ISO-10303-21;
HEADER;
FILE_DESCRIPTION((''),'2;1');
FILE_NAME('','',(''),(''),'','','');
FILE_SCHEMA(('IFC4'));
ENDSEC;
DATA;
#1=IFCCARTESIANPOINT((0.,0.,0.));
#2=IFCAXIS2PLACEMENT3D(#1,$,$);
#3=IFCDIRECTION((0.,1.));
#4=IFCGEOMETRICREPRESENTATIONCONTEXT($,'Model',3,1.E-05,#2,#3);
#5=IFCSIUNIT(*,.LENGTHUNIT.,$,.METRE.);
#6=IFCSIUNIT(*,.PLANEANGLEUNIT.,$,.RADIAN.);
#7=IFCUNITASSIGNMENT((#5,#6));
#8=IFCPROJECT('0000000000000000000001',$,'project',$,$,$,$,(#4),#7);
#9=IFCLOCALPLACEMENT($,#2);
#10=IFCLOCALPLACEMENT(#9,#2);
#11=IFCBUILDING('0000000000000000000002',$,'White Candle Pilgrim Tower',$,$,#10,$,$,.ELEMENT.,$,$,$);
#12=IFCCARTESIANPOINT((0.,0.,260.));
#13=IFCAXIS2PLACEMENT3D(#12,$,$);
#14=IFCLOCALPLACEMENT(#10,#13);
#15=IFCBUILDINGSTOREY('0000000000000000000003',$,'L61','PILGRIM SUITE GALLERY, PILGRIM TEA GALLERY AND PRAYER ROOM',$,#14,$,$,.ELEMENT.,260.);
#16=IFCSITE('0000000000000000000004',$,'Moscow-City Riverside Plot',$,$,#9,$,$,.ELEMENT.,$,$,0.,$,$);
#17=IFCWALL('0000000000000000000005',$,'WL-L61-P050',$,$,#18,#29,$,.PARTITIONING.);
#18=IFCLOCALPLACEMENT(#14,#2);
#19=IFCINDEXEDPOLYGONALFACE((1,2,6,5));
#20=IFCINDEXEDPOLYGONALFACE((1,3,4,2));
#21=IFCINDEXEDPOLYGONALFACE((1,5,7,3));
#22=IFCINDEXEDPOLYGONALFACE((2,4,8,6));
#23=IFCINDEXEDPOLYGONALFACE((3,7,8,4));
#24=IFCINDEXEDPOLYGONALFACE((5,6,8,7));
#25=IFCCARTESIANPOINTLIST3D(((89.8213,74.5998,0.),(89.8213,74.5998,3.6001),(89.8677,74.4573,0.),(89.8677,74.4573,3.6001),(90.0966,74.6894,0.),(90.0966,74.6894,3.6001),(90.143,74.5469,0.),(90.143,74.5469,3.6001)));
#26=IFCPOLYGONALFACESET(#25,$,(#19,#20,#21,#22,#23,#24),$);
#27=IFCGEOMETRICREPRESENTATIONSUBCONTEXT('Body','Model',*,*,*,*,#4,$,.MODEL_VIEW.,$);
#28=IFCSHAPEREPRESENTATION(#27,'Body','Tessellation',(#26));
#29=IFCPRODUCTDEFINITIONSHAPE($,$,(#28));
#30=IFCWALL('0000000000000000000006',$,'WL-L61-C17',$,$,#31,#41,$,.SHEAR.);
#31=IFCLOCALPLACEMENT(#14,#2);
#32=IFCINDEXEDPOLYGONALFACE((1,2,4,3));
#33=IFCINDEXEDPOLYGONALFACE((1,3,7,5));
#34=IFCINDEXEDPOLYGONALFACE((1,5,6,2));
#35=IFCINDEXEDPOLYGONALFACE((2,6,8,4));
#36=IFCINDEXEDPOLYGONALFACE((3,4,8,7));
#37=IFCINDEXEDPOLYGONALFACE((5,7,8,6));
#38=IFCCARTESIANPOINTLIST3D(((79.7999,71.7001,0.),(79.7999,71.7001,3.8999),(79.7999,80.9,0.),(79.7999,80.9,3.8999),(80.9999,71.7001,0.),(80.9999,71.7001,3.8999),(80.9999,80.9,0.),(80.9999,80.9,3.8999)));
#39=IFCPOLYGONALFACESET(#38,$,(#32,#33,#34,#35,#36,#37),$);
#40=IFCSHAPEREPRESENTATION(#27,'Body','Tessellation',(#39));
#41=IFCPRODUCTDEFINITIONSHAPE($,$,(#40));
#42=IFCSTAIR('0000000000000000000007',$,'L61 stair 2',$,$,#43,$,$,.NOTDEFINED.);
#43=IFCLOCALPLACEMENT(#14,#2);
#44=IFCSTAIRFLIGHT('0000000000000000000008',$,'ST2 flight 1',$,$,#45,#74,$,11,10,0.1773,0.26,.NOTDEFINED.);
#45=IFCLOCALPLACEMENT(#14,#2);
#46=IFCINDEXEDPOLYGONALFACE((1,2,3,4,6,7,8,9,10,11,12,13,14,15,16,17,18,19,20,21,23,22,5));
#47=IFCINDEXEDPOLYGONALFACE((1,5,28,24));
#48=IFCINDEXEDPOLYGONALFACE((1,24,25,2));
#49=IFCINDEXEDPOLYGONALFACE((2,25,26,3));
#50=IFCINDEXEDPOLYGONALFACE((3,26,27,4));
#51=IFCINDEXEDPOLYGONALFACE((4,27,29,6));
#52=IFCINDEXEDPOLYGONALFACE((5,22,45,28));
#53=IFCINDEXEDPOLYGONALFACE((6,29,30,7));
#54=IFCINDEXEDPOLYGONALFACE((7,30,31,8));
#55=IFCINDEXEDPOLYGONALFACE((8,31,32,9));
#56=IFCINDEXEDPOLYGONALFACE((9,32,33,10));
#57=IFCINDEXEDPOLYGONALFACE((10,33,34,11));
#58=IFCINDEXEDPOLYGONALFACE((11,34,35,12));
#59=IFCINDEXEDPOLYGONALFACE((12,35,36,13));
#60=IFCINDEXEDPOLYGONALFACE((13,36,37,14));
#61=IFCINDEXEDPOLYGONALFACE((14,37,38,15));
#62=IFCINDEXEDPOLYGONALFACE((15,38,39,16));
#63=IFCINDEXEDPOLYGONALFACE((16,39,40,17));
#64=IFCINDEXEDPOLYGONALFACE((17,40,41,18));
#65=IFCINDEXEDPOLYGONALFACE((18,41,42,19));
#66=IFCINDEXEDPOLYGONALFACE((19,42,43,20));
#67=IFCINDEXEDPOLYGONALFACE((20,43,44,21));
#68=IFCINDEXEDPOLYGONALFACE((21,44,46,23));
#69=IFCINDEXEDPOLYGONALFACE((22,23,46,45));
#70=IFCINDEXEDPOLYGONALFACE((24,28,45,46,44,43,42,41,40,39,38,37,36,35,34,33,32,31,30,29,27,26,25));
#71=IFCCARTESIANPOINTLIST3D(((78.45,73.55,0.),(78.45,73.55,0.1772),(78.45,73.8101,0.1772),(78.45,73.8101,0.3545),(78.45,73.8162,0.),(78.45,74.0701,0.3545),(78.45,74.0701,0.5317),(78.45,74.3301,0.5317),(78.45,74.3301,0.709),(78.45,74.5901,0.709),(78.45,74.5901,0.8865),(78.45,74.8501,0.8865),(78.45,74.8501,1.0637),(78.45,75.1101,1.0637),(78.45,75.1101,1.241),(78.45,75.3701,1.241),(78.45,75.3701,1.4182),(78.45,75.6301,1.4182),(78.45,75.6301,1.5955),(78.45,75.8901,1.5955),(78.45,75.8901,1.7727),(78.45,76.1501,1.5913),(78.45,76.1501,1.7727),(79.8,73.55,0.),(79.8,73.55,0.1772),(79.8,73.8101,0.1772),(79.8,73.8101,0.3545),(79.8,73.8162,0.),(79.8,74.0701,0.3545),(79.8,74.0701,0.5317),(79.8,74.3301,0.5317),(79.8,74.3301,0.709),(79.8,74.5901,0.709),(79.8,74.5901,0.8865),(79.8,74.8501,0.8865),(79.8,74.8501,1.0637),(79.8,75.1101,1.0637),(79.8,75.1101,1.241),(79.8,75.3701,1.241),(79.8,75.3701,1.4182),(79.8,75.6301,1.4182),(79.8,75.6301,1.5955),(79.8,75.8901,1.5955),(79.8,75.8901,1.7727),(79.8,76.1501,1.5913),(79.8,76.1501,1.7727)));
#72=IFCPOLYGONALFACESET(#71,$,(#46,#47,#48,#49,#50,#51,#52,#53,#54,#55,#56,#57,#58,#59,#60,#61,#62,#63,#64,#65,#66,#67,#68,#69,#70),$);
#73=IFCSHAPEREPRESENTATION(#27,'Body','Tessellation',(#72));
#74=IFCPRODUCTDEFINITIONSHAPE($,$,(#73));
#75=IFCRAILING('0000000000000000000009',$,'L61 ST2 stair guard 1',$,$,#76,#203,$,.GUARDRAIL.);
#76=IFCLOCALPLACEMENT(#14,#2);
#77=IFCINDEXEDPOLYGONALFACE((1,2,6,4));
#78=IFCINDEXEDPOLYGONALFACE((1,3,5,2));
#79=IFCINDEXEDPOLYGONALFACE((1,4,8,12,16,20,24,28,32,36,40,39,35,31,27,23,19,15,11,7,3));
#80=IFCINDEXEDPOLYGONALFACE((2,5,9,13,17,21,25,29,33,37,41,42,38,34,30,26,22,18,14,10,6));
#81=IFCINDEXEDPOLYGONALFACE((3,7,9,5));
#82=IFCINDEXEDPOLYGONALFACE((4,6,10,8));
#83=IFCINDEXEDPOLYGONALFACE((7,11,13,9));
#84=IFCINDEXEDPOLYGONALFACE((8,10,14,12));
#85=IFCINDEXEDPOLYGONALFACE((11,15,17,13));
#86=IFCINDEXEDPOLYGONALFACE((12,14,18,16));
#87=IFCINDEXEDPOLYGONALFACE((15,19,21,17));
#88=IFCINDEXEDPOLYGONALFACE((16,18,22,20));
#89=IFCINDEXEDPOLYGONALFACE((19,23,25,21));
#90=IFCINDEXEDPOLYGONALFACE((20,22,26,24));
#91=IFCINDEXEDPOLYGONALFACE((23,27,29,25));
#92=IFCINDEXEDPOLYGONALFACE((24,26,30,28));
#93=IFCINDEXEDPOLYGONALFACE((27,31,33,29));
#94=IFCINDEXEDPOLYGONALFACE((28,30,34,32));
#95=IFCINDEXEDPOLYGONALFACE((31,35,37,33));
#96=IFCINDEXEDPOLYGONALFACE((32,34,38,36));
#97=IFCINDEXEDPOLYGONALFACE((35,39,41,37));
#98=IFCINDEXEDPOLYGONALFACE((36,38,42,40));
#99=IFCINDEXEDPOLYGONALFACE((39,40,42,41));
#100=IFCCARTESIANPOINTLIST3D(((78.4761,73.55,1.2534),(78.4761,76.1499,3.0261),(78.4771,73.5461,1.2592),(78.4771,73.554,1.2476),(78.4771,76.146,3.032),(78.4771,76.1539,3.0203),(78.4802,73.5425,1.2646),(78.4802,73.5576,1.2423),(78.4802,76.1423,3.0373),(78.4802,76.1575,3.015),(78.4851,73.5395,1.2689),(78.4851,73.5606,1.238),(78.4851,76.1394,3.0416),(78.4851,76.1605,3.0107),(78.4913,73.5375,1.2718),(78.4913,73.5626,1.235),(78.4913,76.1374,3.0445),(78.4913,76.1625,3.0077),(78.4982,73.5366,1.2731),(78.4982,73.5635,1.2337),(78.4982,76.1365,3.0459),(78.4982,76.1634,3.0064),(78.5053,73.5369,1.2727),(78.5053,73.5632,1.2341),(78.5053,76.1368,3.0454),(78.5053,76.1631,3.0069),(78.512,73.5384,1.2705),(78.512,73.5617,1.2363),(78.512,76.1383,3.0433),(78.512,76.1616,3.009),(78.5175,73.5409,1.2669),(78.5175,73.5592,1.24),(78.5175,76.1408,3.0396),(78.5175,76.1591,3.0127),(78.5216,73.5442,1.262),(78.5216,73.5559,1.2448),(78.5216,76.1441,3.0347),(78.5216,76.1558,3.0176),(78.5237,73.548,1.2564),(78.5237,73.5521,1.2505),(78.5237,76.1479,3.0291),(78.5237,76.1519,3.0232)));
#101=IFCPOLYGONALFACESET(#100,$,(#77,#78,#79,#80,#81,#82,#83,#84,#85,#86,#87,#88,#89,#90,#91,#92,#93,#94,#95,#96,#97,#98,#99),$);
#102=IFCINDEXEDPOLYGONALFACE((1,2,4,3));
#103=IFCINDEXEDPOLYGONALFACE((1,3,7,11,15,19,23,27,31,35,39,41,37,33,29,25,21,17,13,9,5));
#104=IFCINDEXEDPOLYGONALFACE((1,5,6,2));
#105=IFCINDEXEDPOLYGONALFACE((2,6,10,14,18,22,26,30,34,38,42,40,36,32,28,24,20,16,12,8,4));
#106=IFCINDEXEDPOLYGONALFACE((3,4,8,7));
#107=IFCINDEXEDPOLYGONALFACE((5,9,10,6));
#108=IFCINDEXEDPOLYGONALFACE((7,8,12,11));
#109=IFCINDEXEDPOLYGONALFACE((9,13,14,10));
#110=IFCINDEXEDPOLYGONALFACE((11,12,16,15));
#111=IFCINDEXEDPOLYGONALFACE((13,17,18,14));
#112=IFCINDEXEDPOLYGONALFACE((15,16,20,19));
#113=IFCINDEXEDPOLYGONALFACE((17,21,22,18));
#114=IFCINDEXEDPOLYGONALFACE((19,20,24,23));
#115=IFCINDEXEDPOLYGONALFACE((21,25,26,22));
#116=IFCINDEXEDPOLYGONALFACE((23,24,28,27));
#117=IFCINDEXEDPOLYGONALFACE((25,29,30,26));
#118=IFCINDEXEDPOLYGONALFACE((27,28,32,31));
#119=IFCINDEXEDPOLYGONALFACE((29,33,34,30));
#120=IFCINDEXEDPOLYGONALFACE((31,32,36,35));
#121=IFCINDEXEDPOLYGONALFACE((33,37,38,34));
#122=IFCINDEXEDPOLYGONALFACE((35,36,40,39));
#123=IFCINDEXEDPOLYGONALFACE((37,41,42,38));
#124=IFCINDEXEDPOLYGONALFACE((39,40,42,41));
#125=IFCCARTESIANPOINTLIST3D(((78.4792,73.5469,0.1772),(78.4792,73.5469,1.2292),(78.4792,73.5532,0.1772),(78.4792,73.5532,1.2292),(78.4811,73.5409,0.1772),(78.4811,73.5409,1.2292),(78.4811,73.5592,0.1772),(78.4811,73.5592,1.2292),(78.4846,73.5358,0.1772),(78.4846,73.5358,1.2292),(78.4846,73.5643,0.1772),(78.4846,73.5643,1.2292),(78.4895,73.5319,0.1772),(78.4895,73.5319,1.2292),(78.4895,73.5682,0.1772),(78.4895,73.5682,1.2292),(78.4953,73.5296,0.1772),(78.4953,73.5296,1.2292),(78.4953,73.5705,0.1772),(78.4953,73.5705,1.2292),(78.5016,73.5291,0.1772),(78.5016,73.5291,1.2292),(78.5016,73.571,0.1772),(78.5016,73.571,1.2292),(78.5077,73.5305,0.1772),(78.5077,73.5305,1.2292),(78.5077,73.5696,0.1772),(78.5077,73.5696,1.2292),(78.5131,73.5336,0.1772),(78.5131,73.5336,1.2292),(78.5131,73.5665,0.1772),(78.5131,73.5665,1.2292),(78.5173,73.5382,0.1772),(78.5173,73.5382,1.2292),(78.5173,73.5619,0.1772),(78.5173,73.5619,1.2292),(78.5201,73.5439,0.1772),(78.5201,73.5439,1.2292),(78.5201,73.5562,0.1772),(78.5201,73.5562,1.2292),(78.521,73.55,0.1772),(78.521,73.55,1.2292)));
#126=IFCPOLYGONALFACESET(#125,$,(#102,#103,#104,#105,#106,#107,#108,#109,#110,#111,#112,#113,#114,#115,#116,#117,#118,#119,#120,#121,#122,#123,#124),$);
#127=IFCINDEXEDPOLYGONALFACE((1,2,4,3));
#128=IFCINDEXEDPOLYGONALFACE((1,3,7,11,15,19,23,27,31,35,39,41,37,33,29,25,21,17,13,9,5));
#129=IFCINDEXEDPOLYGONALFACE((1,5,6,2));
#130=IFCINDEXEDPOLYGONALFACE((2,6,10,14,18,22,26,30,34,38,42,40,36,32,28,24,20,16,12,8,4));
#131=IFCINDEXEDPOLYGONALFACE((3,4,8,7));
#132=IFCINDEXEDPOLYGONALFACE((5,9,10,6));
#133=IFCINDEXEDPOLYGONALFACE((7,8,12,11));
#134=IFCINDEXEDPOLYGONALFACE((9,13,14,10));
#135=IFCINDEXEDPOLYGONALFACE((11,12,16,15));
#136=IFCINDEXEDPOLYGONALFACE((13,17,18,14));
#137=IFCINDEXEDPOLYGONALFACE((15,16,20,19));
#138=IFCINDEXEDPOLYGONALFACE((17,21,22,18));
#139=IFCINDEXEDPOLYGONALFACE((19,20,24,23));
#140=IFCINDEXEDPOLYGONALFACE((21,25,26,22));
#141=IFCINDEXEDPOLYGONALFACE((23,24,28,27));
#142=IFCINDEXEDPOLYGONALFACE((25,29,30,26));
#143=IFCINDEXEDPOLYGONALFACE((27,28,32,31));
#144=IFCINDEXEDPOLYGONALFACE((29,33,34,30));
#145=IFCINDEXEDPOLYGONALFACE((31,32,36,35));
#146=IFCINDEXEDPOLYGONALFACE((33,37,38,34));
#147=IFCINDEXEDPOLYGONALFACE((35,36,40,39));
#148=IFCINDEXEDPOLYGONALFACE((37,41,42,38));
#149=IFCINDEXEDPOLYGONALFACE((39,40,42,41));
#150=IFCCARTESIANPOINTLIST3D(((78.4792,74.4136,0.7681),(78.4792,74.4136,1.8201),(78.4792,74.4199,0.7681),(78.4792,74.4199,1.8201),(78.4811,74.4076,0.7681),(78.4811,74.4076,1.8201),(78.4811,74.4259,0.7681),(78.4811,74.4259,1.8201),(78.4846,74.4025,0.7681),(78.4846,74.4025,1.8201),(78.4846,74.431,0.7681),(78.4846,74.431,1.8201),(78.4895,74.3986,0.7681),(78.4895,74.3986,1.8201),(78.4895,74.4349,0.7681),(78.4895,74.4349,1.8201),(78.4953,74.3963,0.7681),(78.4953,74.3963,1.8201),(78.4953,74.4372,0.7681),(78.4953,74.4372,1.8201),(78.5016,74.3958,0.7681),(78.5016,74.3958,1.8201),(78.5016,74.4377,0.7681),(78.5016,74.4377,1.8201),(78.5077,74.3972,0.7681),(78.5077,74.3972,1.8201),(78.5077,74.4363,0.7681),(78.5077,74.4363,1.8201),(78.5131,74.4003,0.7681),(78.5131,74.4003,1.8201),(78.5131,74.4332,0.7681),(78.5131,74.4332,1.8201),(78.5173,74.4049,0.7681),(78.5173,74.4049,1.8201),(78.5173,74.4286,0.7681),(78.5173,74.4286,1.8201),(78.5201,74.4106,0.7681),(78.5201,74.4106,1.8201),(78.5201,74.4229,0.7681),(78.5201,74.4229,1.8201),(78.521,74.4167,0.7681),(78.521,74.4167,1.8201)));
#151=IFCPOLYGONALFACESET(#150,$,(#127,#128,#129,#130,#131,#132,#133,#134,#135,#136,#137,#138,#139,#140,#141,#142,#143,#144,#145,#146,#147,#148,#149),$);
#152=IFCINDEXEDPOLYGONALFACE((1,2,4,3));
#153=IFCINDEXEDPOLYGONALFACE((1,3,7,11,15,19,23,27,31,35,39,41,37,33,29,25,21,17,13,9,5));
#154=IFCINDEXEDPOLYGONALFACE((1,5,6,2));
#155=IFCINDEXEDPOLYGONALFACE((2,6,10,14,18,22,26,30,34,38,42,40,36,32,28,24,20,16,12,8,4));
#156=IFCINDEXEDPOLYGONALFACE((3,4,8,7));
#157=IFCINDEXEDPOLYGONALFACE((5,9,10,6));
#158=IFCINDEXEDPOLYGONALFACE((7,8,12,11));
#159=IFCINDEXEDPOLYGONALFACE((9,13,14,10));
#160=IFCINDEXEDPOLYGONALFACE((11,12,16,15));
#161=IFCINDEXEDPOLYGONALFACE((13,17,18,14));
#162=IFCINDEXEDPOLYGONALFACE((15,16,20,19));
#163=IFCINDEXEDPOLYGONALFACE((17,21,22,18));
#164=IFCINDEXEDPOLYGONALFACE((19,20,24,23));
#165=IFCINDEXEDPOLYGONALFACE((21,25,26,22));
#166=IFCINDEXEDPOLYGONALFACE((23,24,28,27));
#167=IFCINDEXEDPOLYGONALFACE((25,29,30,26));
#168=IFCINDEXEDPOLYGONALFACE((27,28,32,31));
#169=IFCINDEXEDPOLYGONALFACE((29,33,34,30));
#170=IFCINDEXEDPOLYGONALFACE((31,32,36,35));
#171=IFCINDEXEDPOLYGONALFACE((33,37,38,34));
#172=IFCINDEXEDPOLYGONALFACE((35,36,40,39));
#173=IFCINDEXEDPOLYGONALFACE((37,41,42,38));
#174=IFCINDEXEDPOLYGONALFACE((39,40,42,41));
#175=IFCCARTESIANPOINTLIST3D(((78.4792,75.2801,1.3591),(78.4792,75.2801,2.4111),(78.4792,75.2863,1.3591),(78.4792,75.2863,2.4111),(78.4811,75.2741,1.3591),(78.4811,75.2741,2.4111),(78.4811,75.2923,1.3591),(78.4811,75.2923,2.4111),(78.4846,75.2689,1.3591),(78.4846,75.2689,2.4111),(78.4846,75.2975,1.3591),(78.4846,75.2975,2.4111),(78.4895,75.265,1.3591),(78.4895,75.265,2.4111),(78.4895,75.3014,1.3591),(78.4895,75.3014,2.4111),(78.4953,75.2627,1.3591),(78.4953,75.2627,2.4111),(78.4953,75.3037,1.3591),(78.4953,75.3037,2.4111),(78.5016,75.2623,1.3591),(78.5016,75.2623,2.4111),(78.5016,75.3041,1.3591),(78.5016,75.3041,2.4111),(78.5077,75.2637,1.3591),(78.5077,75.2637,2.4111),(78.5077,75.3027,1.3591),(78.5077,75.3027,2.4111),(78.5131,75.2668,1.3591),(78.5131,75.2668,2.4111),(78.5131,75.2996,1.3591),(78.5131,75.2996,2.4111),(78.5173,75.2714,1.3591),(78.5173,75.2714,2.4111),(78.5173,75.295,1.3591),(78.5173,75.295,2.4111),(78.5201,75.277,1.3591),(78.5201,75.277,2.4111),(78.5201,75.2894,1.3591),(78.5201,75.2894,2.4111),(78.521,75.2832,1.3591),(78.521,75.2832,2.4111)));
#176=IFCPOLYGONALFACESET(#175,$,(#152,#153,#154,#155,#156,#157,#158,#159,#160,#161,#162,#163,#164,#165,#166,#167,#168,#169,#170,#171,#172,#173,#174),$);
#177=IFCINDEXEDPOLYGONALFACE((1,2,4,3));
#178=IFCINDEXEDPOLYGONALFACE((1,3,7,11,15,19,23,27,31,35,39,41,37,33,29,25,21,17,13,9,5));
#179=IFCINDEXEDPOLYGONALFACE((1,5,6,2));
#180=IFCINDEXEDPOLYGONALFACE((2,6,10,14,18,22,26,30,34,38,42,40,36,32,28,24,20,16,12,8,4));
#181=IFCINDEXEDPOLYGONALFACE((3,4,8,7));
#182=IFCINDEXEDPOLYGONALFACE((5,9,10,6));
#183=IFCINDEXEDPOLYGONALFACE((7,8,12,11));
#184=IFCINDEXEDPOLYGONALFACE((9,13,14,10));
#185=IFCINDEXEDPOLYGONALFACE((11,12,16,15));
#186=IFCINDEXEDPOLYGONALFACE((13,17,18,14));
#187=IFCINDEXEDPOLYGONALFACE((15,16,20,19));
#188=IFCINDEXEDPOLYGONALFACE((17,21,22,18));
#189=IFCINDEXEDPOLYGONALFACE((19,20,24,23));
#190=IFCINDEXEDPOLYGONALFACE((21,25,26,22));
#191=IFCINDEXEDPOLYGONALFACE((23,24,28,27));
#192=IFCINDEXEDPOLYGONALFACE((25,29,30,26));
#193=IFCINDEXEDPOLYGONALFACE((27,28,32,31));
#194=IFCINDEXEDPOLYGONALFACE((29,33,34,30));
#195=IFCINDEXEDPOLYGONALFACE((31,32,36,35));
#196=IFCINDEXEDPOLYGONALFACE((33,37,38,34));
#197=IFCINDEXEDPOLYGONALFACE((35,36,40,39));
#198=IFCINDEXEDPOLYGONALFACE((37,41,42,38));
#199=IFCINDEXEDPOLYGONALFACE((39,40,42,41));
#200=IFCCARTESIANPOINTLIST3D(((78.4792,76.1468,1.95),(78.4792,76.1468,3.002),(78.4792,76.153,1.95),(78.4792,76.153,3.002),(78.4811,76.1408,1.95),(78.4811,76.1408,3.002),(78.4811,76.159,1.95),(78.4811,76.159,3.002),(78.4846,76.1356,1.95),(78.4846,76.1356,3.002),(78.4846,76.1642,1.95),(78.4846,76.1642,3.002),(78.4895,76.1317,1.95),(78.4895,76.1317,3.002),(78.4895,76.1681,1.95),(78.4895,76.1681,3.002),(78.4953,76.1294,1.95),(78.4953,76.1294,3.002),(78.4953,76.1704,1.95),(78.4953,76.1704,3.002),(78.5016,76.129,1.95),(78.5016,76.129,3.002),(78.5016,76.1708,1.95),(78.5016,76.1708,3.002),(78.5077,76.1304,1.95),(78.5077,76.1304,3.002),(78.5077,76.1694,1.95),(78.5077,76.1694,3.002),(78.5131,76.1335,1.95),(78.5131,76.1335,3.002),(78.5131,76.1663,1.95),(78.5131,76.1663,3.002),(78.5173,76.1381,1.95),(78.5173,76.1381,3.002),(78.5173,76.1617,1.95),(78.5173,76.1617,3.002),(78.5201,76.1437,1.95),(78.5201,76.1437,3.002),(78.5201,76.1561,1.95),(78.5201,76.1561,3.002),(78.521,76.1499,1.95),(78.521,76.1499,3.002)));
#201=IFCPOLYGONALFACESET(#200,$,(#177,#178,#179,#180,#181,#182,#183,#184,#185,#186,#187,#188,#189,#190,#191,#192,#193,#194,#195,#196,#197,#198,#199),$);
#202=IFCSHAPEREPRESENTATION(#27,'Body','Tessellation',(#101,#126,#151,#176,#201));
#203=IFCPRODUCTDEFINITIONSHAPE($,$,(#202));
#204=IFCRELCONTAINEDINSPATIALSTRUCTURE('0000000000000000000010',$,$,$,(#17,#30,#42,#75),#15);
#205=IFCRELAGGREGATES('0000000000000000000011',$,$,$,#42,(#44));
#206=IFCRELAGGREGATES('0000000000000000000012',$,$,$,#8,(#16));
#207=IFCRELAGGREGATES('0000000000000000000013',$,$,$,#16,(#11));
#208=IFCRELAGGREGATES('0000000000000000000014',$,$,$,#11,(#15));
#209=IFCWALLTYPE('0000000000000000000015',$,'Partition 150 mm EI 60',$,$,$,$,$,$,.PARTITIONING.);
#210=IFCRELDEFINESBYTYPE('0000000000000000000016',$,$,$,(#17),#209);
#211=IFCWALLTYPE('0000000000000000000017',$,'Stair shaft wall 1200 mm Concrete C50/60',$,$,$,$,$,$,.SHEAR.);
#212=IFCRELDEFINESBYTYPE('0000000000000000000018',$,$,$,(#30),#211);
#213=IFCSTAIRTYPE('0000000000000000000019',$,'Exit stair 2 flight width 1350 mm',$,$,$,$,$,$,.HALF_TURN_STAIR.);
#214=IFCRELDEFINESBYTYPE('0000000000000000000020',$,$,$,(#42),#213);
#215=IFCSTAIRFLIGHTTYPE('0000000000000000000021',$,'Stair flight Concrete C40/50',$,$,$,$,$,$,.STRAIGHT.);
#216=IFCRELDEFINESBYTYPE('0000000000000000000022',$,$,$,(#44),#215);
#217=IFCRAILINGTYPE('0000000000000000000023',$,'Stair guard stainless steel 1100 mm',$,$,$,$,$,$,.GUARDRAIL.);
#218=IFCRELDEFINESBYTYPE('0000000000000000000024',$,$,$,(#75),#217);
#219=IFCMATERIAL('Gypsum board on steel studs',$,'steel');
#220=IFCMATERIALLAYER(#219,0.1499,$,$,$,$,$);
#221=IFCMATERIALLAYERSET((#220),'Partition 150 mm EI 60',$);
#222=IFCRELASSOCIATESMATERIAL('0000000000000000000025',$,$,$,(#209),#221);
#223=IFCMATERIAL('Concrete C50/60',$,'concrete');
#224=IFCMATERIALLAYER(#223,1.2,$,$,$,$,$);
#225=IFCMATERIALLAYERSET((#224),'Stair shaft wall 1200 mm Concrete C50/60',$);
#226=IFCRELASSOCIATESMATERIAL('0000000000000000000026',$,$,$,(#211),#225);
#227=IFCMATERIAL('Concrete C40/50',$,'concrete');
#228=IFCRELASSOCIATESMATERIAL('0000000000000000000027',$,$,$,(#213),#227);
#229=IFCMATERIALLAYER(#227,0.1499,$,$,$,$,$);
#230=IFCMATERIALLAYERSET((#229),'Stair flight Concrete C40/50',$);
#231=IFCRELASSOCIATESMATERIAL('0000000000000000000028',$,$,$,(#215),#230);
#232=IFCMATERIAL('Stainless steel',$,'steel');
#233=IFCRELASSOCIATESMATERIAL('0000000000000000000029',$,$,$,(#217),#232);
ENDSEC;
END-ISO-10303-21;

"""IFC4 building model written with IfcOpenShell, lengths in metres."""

from ifc_helpers import new_model, si_unit, direction, frame, frame_2d, origin, origin_2d, place, context, subcontext, project, spatial, polyline, rectangle, circle, outline, extrude, material, layer, layer_set, type_object, element, aggregate, save


model = new_model("IFC4")

# Units and contexts
model_context = context("Model", 3, precision=1e-05, world=origin(), true_north=direction((0.0, 1.0)))
body_context = subcontext(model_context, "Body", "Model", "MODEL_VIEW")
ifc_project = project(units=[si_unit("LENGTHUNIT", "METRE"), si_unit("PLANEANGLEUNIT", "RADIAN")], contexts=[model_context])

# Site, building, storey
site_placement = place(None, origin())
site = spatial("IfcSite", under=ifc_project, at=site_placement, Name="Moscow-City Riverside Plot", CompositionType="ELEMENT", RefElevation=0.0)
building_placement = place(site_placement, origin())
building = spatial("IfcBuilding", under=site, at=building_placement, Name="White Candle Pilgrim Tower", CompositionType="ELEMENT")
storey_placement = place(building_placement, frame((0.0, 0.0, 260.0)))
storey = spatial("IfcBuildingStorey", under=building, at=storey_placement, Name="L61", Description="PILGRIM SUITE GALLERY, PILGRIM TEA GALLERY AND PRAYER ROOM", CompositionType="ELEMENT", Elevation=260.0)

# Shared definitions
ifc_material_1 = material(Name="Concrete C50/60", Category="concrete")

# Walls
ifc_material_2 = material(Name="Gypsum board on steel studs", Category="steel")
ifc_layer_1 = layer(ifc_material_2, 0.1499)
ifc_layer_set_1 = layer_set([ifc_layer_1], Name="Partition 150 mm EI 60")
wall_type_1 = type_object("IfcWallType", Name="Partition 150 mm EI 60", PredefinedType="PARTITIONING", material=ifc_layer_set_1)
wall_1_placement = place(storey_placement, frame((89.8445, 74.5286, 0.0), z_axis=(0.0, 0.0, 1.0), x_axis=(0.950935, 0.309391, 0.0)))
element("IfcWall", 1, at=wall_1_placement, inside=storey, type_object=wall_type_1, Name="WL-L61-P050", PredefinedType="PARTITIONING", context=body_context, shape_type="SweptSolid", body=[
    extrude(rectangle(XDim=0.2896, YDim=0.1499, at=frame_2d((0.1448, 0.0))), origin(), (0.0, 0.0, 1.0), 3.6001),
])
ifc_layer_2 = layer(ifc_material_1, 1.2)
ifc_layer_set_2 = layer_set([ifc_layer_2], Name="Stair shaft wall 1200 mm Concrete C50/60")
wall_type_2 = type_object("IfcWallType", Name="Stair shaft wall 1200 mm Concrete C50/60", PredefinedType="SHEAR", material=ifc_layer_set_2)
wall_2_placement = place(storey_placement, frame((80.3999, 71.7, 0.0), z_axis=(0.0, 0.0, 1.0), x_axis=(0.0, 1.0, 0.0)))
element("IfcWall", 2, at=wall_2_placement, inside=storey, type_object=wall_type_2, Name="WL-L61-C17", PredefinedType="SHEAR", context=body_context, shape_type="SweptSolid", body=[
    extrude(rectangle(XDim=9.2, YDim=1.2, at=frame_2d((4.6001, 0.0))), origin(), (0.0, 0.0, 1.0), 3.8999),
])

# Stair, stair flight
ifc_material_3 = material(Name="Concrete C40/50", Category="concrete")
stair_type = type_object("IfcStairType", Name="Exit stair 2 flight width 1350 mm", PredefinedType="HALF_TURN_STAIR", material=ifc_material_3)
stair_placement = place(storey_placement, origin())
stair = element("IfcStair", 3, at=stair_placement, inside=storey, type_object=stair_type, Name="L61 stair 2", PredefinedType="NOTDEFINED")
ifc_layer_3 = layer(ifc_material_3, 0.1499)
ifc_layer_set_3 = layer_set([ifc_layer_3], Name="Stair flight Concrete C40/50")
stair_flight_type = type_object("IfcStairFlightType", Name="Stair flight Concrete C40/50", PredefinedType="STRAIGHT", material=ifc_layer_set_3)
stair_flight_placement = place(storey_placement, frame((79.125, 73.55, 0.0), z_axis=(0.0, 0.0, 1.0), x_axis=(0.0, 1.0, 0.0)))
stair_flight = element("IfcStairFlight", 4, at=stair_flight_placement, type_object=stair_flight_type, Name="ST2 flight 1", NumberOfRisers=11, NumberOfTreads=10, PredefinedType="NOTDEFINED", RiserHeight=0.1773, TreadLength=0.26, context=body_context, shape_type="SweptSolid", body=[
    extrude(outline(polyline([(0.0, 0.0), (0.0, 0.1772), (0.26, 0.1772), (0.26, 0.3545), (0.52, 0.3545), (0.52, 0.5317), (0.78, 0.5317), (0.78, 0.709), (1.04, 0.709), (1.04, 0.8865), (1.3, 0.8865), (1.3, 1.0637), (1.5601, 1.0637), (1.5601, 1.241), (1.8201, 1.241), (1.8201, 1.4182), (2.0801, 1.4182), (2.0801, 1.5955), (2.3401, 1.5955), (2.3401, 1.7727), (2.6001, 1.7727), (2.6001, 1.95), (2.6001, 1.5913), (0.2661, 0.0), (0.0, 0.0)])), frame((0.0, 0.675, 0.0), z_axis=(0.0, -1.0, 0.0), x_axis=(1.0, 0.0, 0.0)), (0.0, 0.0, 1.0), 1.3501),
])
aggregate(stair, [stair_flight])

# Railing
ifc_material_4 = material(Name="Stainless steel", Category="steel")
railing_type_1 = type_object("IfcRailingType", Name="Stair guard stainless steel 1100 mm", PredefinedType="GUARDRAIL", material=ifc_material_4)
railing_1_placement = place(storey_placement, frame((78.5, 73.55, 0.1772)))
element("IfcRailing", 5, at=railing_1_placement, inside=storey, type_object=railing_type_1, Name="L61 ST2 stair guard 1", PredefinedType="GUARDRAIL", context=body_context, shape_type="SweptSolid", body=[
    extrude(circle(Radius=0.0239, at=origin_2d()), frame((0.0, 0.0, 1.0762), z_axis=(0.0, 0.826216, 0.563354), x_axis=(-1.0, 0.0, 0.0)), (0.0, 0.0, 1.0), 3.1467),
    extrude(circle(Radius=0.021, at=origin_2d()), origin(), (0.0, 0.0, 1.0), 1.052),
    extrude(circle(Radius=0.021, at=origin_2d()), frame((0.0, 0.8667, 0.5908)), (0.0, 0.0, 1.0), 1.052),
    extrude(circle(Radius=0.021, at=origin_2d()), frame((0.0, 1.7332, 1.1819)), (0.0, 0.0, 1.0), 1.052),
    extrude(circle(Radius=0.021, at=origin_2d()), frame((0.0, 2.5999, 1.7727)), (0.0, 0.0, 1.0), 1.052),
])

save(model, "model.ifc")
